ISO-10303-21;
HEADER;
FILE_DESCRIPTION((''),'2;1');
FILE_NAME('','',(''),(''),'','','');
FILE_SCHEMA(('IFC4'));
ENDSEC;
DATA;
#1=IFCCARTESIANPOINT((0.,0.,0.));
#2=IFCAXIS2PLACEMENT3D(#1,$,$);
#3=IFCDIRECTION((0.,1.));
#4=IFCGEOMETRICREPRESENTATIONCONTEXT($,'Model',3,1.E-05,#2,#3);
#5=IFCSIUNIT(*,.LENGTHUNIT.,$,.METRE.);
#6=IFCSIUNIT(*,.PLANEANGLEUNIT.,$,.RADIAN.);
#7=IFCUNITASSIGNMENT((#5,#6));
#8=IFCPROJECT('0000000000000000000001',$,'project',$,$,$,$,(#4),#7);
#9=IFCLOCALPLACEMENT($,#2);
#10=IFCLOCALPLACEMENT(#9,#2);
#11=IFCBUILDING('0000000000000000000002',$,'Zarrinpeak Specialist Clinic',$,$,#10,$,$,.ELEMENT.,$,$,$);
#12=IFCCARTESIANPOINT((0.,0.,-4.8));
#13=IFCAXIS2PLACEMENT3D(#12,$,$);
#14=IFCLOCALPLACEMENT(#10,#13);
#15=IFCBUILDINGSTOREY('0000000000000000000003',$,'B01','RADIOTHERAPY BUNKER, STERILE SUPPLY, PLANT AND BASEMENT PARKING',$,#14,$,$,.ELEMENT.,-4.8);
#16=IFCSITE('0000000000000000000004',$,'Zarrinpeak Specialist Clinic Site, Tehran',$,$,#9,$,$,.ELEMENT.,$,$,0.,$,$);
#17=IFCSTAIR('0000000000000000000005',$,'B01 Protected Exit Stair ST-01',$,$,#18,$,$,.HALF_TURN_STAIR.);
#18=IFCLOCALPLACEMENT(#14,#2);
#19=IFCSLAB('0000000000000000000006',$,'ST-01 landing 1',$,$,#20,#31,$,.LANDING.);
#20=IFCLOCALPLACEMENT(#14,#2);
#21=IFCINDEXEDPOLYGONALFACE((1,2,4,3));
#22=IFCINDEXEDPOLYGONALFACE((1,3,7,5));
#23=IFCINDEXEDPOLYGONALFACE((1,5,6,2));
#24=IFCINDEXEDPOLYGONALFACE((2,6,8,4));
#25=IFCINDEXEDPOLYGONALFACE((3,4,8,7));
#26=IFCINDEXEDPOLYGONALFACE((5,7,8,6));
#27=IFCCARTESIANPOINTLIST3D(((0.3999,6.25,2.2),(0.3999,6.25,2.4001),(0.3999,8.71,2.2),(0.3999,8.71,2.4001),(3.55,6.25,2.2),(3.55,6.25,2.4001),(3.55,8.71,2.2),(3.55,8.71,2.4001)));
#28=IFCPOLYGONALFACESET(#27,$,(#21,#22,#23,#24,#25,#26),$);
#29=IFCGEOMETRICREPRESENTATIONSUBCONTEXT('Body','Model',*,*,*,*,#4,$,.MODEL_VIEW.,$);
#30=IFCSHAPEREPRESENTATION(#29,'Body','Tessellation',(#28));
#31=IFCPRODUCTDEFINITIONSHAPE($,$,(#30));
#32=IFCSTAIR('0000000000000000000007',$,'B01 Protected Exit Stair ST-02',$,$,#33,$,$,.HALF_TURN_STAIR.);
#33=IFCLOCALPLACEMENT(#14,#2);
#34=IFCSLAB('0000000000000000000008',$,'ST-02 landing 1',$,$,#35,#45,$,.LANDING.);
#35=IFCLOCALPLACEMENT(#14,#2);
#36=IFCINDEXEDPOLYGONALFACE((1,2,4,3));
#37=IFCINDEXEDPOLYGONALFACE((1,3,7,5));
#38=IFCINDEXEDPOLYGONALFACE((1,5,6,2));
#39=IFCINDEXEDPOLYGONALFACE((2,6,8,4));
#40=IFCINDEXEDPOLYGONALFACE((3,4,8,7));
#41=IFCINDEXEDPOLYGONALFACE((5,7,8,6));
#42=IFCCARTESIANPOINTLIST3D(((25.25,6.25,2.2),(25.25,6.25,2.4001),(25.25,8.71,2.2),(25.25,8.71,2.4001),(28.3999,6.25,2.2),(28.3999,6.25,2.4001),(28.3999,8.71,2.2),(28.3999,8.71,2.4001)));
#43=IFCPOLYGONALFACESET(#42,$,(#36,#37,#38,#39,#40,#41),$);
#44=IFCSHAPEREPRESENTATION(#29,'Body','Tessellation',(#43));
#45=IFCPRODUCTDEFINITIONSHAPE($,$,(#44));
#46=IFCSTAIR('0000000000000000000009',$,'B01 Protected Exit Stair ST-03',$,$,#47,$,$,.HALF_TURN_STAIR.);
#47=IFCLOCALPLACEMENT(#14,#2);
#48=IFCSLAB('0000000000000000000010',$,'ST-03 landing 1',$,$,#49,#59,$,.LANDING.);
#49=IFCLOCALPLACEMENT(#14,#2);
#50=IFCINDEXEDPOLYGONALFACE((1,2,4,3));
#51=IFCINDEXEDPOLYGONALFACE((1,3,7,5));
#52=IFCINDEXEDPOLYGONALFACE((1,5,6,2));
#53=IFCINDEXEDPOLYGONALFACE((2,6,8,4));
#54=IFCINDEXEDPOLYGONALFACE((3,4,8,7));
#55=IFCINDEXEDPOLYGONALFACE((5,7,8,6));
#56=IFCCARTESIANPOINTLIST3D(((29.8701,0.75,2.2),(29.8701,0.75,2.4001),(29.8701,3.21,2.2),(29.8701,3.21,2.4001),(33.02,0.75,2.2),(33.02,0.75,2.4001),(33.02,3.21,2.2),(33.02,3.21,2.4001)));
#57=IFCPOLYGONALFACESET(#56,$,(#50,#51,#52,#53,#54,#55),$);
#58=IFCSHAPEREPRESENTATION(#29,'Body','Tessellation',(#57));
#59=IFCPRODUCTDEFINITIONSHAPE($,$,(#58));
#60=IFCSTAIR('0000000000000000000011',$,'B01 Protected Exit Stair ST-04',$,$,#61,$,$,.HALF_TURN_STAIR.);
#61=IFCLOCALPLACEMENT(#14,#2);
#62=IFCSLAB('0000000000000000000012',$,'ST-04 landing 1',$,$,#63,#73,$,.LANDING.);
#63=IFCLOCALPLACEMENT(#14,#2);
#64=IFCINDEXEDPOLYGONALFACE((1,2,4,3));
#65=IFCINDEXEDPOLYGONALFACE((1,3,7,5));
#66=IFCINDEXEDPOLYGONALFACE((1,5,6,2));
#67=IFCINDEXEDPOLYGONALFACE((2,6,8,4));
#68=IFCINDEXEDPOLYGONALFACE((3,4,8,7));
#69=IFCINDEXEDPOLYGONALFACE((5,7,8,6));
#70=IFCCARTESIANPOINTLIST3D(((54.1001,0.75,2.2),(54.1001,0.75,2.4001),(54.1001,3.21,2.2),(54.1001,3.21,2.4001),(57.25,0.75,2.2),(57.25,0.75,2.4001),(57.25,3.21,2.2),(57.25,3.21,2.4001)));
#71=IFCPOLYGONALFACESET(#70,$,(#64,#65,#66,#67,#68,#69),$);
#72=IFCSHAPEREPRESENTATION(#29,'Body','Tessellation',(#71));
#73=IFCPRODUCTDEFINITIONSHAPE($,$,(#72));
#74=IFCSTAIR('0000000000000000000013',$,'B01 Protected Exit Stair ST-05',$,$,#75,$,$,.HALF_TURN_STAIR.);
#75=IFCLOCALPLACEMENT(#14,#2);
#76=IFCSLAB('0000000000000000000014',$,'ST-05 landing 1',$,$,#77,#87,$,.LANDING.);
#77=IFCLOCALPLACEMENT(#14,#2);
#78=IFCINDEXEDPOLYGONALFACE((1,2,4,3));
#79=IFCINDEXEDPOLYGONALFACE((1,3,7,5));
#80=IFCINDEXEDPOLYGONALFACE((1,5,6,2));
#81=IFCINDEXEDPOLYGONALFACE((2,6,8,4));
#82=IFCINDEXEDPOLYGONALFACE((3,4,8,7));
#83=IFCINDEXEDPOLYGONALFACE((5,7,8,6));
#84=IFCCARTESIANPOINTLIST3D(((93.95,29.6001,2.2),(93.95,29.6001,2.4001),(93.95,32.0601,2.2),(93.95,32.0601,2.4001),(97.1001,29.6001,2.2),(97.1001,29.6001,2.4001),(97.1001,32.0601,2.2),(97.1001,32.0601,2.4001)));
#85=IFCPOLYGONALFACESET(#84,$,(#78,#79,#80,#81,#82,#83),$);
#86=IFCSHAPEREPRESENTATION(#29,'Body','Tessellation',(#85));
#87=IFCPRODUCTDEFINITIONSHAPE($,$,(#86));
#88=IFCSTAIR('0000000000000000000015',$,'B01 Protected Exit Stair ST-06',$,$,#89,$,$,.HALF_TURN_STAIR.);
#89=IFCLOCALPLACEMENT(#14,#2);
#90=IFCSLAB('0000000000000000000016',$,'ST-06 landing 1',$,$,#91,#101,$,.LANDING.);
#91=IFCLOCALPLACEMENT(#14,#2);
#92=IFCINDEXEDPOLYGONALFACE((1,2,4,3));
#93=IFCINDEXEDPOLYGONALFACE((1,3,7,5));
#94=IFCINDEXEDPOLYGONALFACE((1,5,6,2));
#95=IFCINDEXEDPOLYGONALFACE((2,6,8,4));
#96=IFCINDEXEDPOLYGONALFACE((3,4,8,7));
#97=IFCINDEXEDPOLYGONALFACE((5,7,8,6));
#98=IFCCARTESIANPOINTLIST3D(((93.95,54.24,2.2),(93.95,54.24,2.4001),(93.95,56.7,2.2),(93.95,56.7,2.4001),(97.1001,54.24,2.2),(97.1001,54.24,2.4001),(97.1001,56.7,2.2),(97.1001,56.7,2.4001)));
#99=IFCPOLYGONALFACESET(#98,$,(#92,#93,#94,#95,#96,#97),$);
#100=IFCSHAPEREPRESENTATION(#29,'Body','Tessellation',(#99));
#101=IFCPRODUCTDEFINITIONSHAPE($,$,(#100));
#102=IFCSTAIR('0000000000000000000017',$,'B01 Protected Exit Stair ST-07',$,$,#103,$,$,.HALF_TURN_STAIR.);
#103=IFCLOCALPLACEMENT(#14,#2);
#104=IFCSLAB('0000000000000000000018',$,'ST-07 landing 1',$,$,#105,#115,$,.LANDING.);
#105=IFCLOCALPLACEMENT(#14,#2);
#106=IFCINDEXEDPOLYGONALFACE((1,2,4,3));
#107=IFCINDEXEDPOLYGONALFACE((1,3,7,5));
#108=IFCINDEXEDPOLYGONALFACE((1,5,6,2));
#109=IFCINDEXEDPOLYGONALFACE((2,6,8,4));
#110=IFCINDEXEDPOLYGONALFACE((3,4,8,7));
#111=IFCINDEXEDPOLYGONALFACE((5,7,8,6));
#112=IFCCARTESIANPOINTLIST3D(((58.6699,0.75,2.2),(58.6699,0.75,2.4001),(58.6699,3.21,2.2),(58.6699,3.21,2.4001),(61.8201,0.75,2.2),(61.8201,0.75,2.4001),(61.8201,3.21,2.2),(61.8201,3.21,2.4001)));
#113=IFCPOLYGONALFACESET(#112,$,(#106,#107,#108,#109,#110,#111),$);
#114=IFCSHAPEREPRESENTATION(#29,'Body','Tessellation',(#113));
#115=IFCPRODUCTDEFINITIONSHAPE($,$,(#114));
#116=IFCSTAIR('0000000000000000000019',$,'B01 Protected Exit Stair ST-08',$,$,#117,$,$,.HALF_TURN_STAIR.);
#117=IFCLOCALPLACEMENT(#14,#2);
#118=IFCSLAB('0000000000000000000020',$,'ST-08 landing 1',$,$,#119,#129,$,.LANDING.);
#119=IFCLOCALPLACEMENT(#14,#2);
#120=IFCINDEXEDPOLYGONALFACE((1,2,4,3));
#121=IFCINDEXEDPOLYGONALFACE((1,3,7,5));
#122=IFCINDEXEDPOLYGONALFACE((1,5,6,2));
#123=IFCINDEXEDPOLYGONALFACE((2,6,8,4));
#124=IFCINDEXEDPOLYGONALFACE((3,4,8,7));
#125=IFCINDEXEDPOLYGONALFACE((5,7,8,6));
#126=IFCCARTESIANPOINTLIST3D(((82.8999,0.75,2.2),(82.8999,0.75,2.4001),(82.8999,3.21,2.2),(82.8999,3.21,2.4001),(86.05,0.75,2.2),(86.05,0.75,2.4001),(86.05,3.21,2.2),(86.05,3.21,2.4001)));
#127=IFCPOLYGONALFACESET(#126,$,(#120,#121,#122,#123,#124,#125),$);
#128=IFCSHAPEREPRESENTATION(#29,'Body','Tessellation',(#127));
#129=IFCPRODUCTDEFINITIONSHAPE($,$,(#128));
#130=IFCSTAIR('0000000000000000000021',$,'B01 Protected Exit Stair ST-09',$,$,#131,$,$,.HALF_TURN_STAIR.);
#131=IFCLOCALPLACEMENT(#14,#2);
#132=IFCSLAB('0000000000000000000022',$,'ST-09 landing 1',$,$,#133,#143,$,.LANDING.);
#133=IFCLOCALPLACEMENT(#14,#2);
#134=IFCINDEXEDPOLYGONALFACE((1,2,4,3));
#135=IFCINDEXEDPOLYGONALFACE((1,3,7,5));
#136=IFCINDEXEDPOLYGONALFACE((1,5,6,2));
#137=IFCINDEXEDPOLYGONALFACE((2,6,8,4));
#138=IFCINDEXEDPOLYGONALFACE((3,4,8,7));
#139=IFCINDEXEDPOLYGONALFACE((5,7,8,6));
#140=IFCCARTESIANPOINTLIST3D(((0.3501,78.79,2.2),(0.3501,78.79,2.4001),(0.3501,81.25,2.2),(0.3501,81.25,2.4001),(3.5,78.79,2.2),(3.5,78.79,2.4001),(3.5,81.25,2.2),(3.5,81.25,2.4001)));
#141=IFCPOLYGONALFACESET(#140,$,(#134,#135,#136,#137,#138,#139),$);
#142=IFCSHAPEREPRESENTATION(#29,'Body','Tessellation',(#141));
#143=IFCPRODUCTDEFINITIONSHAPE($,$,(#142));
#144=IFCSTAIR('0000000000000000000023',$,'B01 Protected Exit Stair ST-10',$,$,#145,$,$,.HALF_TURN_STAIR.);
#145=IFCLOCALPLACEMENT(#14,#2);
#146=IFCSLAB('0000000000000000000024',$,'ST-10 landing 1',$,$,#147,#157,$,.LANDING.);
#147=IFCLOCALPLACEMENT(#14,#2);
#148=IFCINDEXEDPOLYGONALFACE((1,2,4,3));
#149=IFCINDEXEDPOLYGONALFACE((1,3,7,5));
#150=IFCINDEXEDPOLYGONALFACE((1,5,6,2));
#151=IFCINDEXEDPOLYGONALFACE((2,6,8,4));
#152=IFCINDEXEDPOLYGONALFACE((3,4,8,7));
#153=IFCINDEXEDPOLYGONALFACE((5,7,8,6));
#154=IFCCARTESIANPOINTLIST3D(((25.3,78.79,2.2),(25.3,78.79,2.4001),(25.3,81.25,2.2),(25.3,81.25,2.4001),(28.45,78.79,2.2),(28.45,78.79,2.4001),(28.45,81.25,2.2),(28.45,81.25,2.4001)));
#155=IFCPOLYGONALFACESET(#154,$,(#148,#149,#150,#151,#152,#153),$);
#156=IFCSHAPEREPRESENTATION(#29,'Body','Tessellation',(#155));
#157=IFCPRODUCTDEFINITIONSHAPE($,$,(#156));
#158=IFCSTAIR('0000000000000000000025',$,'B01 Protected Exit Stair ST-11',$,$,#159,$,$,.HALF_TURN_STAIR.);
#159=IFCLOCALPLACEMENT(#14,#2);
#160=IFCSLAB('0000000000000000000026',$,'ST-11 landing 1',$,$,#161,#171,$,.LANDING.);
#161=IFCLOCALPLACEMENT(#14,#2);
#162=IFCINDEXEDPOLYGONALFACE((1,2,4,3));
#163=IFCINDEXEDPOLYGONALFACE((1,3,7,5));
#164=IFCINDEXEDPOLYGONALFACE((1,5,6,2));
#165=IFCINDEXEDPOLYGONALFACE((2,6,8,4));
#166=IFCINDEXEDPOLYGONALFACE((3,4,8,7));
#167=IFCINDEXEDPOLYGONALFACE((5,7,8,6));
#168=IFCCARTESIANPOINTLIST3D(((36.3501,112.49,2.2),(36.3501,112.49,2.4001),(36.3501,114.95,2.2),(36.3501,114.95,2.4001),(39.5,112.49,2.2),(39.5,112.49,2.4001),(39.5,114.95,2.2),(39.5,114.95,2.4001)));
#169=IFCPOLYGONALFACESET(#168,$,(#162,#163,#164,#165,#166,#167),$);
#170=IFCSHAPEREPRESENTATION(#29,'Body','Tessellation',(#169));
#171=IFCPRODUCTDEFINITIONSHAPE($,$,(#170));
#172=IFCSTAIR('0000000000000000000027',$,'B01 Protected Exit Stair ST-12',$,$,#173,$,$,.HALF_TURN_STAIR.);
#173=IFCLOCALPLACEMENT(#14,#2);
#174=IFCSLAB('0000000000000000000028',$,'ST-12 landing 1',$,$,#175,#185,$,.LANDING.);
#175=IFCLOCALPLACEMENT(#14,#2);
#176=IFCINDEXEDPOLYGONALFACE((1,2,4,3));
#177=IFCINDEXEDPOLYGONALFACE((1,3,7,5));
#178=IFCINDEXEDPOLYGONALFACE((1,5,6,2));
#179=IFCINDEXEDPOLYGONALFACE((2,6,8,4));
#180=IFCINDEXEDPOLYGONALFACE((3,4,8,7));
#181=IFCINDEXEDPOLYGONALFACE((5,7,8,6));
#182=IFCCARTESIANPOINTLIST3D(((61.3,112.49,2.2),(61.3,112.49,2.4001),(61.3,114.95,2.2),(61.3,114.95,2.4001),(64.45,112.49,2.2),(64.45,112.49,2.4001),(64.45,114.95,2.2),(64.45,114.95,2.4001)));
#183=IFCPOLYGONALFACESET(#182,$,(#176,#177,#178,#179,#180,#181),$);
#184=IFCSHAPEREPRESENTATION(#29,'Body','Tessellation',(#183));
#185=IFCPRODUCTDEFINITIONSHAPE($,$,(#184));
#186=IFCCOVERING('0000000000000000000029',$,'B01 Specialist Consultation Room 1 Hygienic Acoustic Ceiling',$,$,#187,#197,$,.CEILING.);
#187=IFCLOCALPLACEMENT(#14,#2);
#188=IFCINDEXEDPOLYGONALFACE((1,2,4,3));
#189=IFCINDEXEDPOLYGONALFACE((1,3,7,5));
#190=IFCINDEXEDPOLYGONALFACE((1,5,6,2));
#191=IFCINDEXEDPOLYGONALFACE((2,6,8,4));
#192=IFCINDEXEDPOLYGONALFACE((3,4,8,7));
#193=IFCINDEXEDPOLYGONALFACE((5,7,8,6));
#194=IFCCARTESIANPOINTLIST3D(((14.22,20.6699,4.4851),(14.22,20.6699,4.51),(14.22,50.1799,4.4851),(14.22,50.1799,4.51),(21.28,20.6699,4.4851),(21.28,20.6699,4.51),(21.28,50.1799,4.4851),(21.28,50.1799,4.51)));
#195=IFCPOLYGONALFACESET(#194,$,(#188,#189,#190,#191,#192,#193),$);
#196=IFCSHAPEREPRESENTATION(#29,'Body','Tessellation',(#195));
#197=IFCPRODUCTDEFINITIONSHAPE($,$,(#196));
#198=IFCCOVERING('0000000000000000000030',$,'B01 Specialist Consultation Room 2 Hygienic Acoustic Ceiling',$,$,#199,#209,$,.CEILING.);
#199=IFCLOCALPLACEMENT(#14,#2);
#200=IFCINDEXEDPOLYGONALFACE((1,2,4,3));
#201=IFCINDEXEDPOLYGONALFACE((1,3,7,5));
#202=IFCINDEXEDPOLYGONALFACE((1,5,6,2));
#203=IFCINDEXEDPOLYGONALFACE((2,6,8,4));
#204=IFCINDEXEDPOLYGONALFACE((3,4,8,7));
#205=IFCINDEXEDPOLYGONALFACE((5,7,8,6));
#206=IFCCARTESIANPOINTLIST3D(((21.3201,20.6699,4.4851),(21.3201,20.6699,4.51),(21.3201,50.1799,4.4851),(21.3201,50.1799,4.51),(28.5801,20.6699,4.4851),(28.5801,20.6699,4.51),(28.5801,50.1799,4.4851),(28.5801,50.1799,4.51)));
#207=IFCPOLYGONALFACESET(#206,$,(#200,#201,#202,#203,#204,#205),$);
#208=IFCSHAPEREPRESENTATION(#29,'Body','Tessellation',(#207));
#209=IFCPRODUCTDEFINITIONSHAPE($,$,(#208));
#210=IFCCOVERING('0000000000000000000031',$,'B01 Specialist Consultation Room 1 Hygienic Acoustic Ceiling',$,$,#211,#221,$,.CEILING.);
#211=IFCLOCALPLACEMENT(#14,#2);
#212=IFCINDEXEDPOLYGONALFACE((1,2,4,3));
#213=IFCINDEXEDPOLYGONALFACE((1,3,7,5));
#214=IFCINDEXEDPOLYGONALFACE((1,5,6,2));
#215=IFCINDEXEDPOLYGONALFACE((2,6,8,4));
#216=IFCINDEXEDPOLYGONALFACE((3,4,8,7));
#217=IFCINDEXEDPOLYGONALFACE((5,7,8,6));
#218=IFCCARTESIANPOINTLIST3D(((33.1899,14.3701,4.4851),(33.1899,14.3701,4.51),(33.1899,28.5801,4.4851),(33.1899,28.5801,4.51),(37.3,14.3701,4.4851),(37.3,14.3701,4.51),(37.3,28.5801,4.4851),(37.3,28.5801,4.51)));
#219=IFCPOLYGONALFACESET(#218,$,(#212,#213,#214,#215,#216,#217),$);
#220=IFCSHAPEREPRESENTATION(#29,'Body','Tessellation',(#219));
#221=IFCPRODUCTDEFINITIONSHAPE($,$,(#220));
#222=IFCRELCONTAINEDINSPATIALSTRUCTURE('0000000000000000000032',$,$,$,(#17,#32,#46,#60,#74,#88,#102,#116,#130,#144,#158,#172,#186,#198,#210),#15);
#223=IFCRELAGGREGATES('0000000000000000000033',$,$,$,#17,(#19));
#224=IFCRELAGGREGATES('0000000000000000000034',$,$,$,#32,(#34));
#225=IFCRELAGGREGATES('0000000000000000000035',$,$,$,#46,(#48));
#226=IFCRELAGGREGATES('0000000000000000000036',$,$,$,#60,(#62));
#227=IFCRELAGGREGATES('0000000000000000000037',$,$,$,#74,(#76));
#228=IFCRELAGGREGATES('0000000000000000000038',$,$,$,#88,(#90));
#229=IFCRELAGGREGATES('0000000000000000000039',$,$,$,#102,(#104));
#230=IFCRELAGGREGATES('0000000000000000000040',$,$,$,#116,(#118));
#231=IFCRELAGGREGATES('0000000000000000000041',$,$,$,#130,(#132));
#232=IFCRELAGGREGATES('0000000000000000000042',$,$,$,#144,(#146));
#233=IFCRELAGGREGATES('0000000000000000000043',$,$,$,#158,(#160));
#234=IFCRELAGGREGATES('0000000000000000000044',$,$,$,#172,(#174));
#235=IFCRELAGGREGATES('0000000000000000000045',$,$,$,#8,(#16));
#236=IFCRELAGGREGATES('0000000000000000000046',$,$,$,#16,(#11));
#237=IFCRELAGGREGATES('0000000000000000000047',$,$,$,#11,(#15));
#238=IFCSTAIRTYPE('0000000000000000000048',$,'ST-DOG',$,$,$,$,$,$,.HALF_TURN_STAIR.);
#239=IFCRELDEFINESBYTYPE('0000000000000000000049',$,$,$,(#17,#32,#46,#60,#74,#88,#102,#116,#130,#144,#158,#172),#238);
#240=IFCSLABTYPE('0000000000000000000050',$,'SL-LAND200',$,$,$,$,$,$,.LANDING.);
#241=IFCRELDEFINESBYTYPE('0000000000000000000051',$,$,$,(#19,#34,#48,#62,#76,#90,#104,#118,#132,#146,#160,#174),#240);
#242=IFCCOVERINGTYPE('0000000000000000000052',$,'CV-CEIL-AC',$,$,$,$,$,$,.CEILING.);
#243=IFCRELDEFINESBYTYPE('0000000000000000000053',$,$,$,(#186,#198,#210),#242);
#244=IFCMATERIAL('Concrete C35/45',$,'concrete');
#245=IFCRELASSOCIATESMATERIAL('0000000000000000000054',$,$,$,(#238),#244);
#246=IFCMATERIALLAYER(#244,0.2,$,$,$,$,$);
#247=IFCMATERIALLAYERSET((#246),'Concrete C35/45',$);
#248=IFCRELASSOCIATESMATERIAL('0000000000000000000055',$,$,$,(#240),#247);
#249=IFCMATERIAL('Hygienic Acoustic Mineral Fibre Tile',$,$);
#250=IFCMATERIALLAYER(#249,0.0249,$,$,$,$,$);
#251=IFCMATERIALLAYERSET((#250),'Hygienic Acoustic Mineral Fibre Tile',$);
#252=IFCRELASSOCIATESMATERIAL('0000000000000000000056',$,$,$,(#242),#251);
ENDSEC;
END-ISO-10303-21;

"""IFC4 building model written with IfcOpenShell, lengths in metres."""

from ifc_helpers import new_model, si_unit, direction, frame, origin, place, context, subcontext, project, spatial, polyline, outline, extrude, material, layer, layer_set, type_object, element, aggregate, save


model = new_model("IFC4")

# Units and contexts
model_context = context("Model", 3, precision=1e-05, world=origin(), true_north=direction((0.0, 1.0)))
body_context = subcontext(model_context, "Body", "Model", "MODEL_VIEW")
ifc_project = project(units=[si_unit("LENGTHUNIT", "METRE"), si_unit("PLANEANGLEUNIT", "RADIAN")], contexts=[model_context])

# Site, building, storey
site_placement = place(None, origin())
site = spatial("IfcSite", under=ifc_project, at=site_placement, Name="Zarrinpeak Specialist Clinic Site, Tehran", CompositionType="ELEMENT", RefElevation=0.0)
building_placement = place(site_placement, origin())
building = spatial("IfcBuilding", under=site, at=building_placement, Name="Zarrinpeak Specialist Clinic", CompositionType="ELEMENT")
storey_placement = place(building_placement, frame((0.0, 0.0, -4.8)))
storey = spatial("IfcBuildingStorey", under=building, at=storey_placement, Name="B01", Description="RADIOTHERAPY BUNKER, STERILE SUPPLY, PLANT AND BASEMENT PARKING", CompositionType="ELEMENT", Elevation=-4.8)

# Stairs, slabs
ifc_material_1 = material(Name="Concrete C35/45", Category="concrete")
stair_type = type_object("IfcStairType", Name="ST-DOG", PredefinedType="HALF_TURN_STAIR", material=ifc_material_1)
stair_1_placement = place(storey_placement, origin())
stair_1 = element("IfcStair", 1, at=stair_1_placement, inside=storey, type_object=stair_type, Name="B01 Protected Exit Stair ST-01", PredefinedType="HALF_TURN_STAIR")
ifc_layer_1 = layer(ifc_material_1, 0.2)
ifc_layer_set_1 = layer_set([ifc_layer_1], Name="Concrete C35/45")
slab_type = type_object("IfcSlabType", Name="SL-LAND200", PredefinedType="LANDING", material=ifc_layer_set_1)
slab_1_placement = place(storey_placement, frame((0.0, 0.0, 2.2)))
slab_1 = element("IfcSlab", 2, at=slab_1_placement, type_object=slab_type, Name="ST-01 landing 1", PredefinedType="LANDING", context=body_context, shape_type="SweptSolid", body=[
    extrude(outline(polyline([(0.3999, 8.71), (0.3999, 6.25), (3.55, 6.25), (3.55, 8.71), (0.3999, 8.71)])), origin(), (0.0, 0.0, 1.0), 0.2002),
])
aggregate(stair_1, [slab_1])
stair_2_placement = place(storey_placement, origin())
stair_2 = element("IfcStair", 3, at=stair_2_placement, inside=storey, type_object=stair_type, Name="B01 Protected Exit Stair ST-02", PredefinedType="HALF_TURN_STAIR")
slab_2_placement = place(storey_placement, frame((0.0, 0.0, 2.2)))
slab_2 = element("IfcSlab", 4, at=slab_2_placement, type_object=slab_type, Name="ST-02 landing 1", PredefinedType="LANDING", context=body_context, shape_type="SweptSolid", body=[
    extrude(outline(polyline([(25.25, 8.71), (25.25, 6.25), (28.3999, 6.25), (28.3999, 8.71), (25.25, 8.71)])), origin(), (0.0, 0.0, 1.0), 0.2002),
])
aggregate(stair_2, [slab_2])
stair_3_placement = place(storey_placement, origin())
stair_3 = element("IfcStair", 5, at=stair_3_placement, inside=storey, type_object=stair_type, Name="B01 Protected Exit Stair ST-03", PredefinedType="HALF_TURN_STAIR")
slab_3_placement = place(storey_placement, frame((0.0, 0.0, 2.2)))
slab_3 = element("IfcSlab", 6, at=slab_3_placement, type_object=slab_type, Name="ST-03 landing 1", PredefinedType="LANDING", context=body_context, shape_type="SweptSolid", body=[
    extrude(outline(polyline([(29.8701, 3.21), (29.8701, 0.75), (33.02, 0.75), (33.02, 3.21), (29.8701, 3.21)])), origin(), (0.0, 0.0, 1.0), 0.2002),
])
aggregate(stair_3, [slab_3])
stair_4_placement = place(storey_placement, origin())
stair_4 = element("IfcStair", 7, at=stair_4_placement, inside=storey, type_object=stair_type, Name="B01 Protected Exit Stair ST-04", PredefinedType="HALF_TURN_STAIR")
slab_4_placement = place(storey_placement, frame((0.0, 0.0, 2.2)))
slab_4 = element("IfcSlab", 8, at=slab_4_placement, type_object=slab_type, Name="ST-04 landing 1", PredefinedType="LANDING", context=body_context, shape_type="SweptSolid", body=[
    extrude(outline(polyline([(54.1001, 3.21), (54.1001, 0.75), (57.25, 0.75), (57.25, 3.21), (54.1001, 3.21)])), origin(), (0.0, 0.0, 1.0), 0.2002),
])
aggregate(stair_4, [slab_4])
stair_5_placement = place(storey_placement, origin())
stair_5 = element("IfcStair", 9, at=stair_5_placement, inside=storey, type_object=stair_type, Name="B01 Protected Exit Stair ST-05", PredefinedType="HALF_TURN_STAIR")
slab_5_placement = place(storey_placement, frame((0.0, 0.0, 2.2)))
slab_5 = element("IfcSlab", 10, at=slab_5_placement, type_object=slab_type, Name="ST-05 landing 1", PredefinedType="LANDING", context=body_context, shape_type="SweptSolid", body=[
    extrude(outline(polyline([(93.95, 32.0601), (93.95, 29.6001), (97.1001, 29.6001), (97.1001, 32.0601), (93.95, 32.0601)])), origin(), (0.0, 0.0, 1.0), 0.2002),
])
aggregate(stair_5, [slab_5])
stair_6_placement = place(storey_placement, origin())
stair_6 = element("IfcStair", 11, at=stair_6_placement, inside=storey, type_object=stair_type, Name="B01 Protected Exit Stair ST-06", PredefinedType="HALF_TURN_STAIR")
slab_6_placement = place(storey_placement, frame((0.0, 0.0, 2.2)))
slab_6 = element("IfcSlab", 12, at=slab_6_placement, type_object=slab_type, Name="ST-06 landing 1", PredefinedType="LANDING", context=body_context, shape_type="SweptSolid", body=[
    extrude(outline(polyline([(97.1001, 54.24), (97.1001, 56.7), (93.95, 56.7), (93.95, 54.24), (97.1001, 54.24)])), origin(), (0.0, 0.0, 1.0), 0.2002),
])
aggregate(stair_6, [slab_6])
stair_7_placement = place(storey_placement, origin())
stair_7 = element("IfcStair", 13, at=stair_7_placement, inside=storey, type_object=stair_type, Name="B01 Protected Exit Stair ST-07", PredefinedType="HALF_TURN_STAIR")
slab_7_placement = place(storey_placement, frame((0.0, 0.0, 2.2)))
slab_7 = element("IfcSlab", 14, at=slab_7_placement, type_object=slab_type, Name="ST-07 landing 1", PredefinedType="LANDING", context=body_context, shape_type="SweptSolid", body=[
    extrude(outline(polyline([(58.6699, 3.21), (58.6699, 0.75), (61.8201, 0.75), (61.8201, 3.21), (58.6699, 3.21)])), origin(), (0.0, 0.0, 1.0), 0.2002),
])
aggregate(stair_7, [slab_7])
stair_8_placement = place(storey_placement, origin())
stair_8 = element("IfcStair", 15, at=stair_8_placement, inside=storey, type_object=stair_type, Name="B01 Protected Exit Stair ST-08", PredefinedType="HALF_TURN_STAIR")
slab_8_placement = place(storey_placement, frame((0.0, 0.0, 2.2)))
slab_8 = element("IfcSlab", 16, at=slab_8_placement, type_object=slab_type, Name="ST-08 landing 1", PredefinedType="LANDING", context=body_context, shape_type="SweptSolid", body=[
    extrude(outline(polyline([(82.8999, 3.21), (82.8999, 0.75), (86.05, 0.75), (86.05, 3.21), (82.8999, 3.21)])), origin(), (0.0, 0.0, 1.0), 0.2002),
])
aggregate(stair_8, [slab_8])
stair_9_placement = place(storey_placement, origin())
stair_9 = element("IfcStair", 17, at=stair_9_placement, inside=storey, type_object=stair_type, Name="B01 Protected Exit Stair ST-09", PredefinedType="HALF_TURN_STAIR")
slab_9_placement = place(storey_placement, frame((0.0, 0.0, 2.2)))
slab_9 = element("IfcSlab", 18, at=slab_9_placement, type_object=slab_type, Name="ST-09 landing 1", PredefinedType="LANDING", context=body_context, shape_type="SweptSolid", body=[
    extrude(outline(polyline([(3.5, 78.79), (3.5, 81.25), (0.3501, 81.25), (0.3501, 78.79), (3.5, 78.79)])), origin(), (0.0, 0.0, 1.0), 0.2002),
])
aggregate(stair_9, [slab_9])
stair_10_placement = place(storey_placement, origin())
stair_10 = element("IfcStair", 19, at=stair_10_placement, inside=storey, type_object=stair_type, Name="B01 Protected Exit Stair ST-10", PredefinedType="HALF_TURN_STAIR")
slab_10_placement = place(storey_placement, frame((0.0, 0.0, 2.2)))
slab_10 = element("IfcSlab", 20, at=slab_10_placement, type_object=slab_type, Name="ST-10 landing 1", PredefinedType="LANDING", context=body_context, shape_type="SweptSolid", body=[
    extrude(outline(polyline([(28.45, 78.79), (28.45, 81.25), (25.3, 81.25), (25.3, 78.79), (28.45, 78.79)])), origin(), (0.0, 0.0, 1.0), 0.2002),
])
aggregate(stair_10, [slab_10])
stair_11_placement = place(storey_placement, origin())
stair_11 = element("IfcStair", 21, at=stair_11_placement, inside=storey, type_object=stair_type, Name="B01 Protected Exit Stair ST-11", PredefinedType="HALF_TURN_STAIR")
slab_11_placement = place(storey_placement, frame((0.0, 0.0, 2.2)))
slab_11 = element("IfcSlab", 22, at=slab_11_placement, type_object=slab_type, Name="ST-11 landing 1", PredefinedType="LANDING", context=body_context, shape_type="SweptSolid", body=[
    extrude(outline(polyline([(39.5, 112.49), (39.5, 114.95), (36.3501, 114.95), (36.3501, 112.49), (39.5, 112.49)])), origin(), (0.0, 0.0, 1.0), 0.2002),
])
aggregate(stair_11, [slab_11])
stair_12_placement = place(storey_placement, origin())
stair_12 = element("IfcStair", 23, at=stair_12_placement, inside=storey, type_object=stair_type, Name="B01 Protected Exit Stair ST-12", PredefinedType="HALF_TURN_STAIR")
slab_12_placement = place(storey_placement, frame((0.0, 0.0, 2.2)))
slab_12 = element("IfcSlab", 24, at=slab_12_placement, type_object=slab_type, Name="ST-12 landing 1", PredefinedType="LANDING", context=body_context, shape_type="SweptSolid", body=[
    extrude(outline(polyline([(64.45, 112.49), (64.45, 114.95), (61.3, 114.95), (61.3, 112.49), (64.45, 112.49)])), origin(), (0.0, 0.0, 1.0), 0.2002),
])
aggregate(stair_12, [slab_12])

# Coverings
ifc_material_2 = material(Name="Hygienic Acoustic Mineral Fibre Tile")
ifc_layer_2 = layer(ifc_material_2, 0.0249)
ifc_layer_set_2 = layer_set([ifc_layer_2], Name="Hygienic Acoustic Mineral Fibre Tile")
covering_type_1 = type_object("IfcCoveringType", Name="CV-CEIL-AC", PredefinedType="CEILING", material=ifc_layer_set_2)
covering_1_placement = place(storey_placement, frame((0.0, 0.0, 4.4851)))
element("IfcCovering", 25, at=covering_1_placement, inside=storey, type_object=covering_type_1, Name="B01 Specialist Consultation Room 1 Hygienic Acoustic Ceiling", PredefinedType="CEILING", context=body_context, shape_type="SweptSolid", body=[
    extrude(outline(polyline([(14.22, 20.6699), (21.28, 20.6699), (21.28, 50.1799), (14.22, 50.1799), (14.22, 20.6699)])), origin(), (0.0, 0.0, 1.0), 0.0249),
])
covering_2_placement = place(storey_placement, frame((0.0, 0.0, 4.4851)))
element("IfcCovering", 26, at=covering_2_placement, inside=storey, type_object=covering_type_1, Name="B01 Specialist Consultation Room 2 Hygienic Acoustic Ceiling", PredefinedType="CEILING", context=body_context, shape_type="SweptSolid", body=[
    extrude(outline(polyline([(21.3201, 20.6699), (28.5801, 20.6699), (28.5801, 50.1799), (21.3201, 50.1799), (21.3201, 20.6699)])), origin(), (0.0, 0.0, 1.0), 0.0249),
])
covering_3_placement = place(storey_placement, frame((0.0, 0.0, 4.4851)))
element("IfcCovering", 27, at=covering_3_placement, inside=storey, type_object=covering_type_1, Name="B01 Specialist Consultation Room 1 Hygienic Acoustic Ceiling", PredefinedType="CEILING", context=body_context, shape_type="SweptSolid", body=[
    extrude(outline(polyline([(33.1899, 14.3701), (37.3, 14.3701), (37.3, 28.5801), (33.1899, 28.5801), (33.1899, 14.3701)])), origin(), (0.0, 0.0, 1.0), 0.0249),
])

save(model, "model.ifc")
